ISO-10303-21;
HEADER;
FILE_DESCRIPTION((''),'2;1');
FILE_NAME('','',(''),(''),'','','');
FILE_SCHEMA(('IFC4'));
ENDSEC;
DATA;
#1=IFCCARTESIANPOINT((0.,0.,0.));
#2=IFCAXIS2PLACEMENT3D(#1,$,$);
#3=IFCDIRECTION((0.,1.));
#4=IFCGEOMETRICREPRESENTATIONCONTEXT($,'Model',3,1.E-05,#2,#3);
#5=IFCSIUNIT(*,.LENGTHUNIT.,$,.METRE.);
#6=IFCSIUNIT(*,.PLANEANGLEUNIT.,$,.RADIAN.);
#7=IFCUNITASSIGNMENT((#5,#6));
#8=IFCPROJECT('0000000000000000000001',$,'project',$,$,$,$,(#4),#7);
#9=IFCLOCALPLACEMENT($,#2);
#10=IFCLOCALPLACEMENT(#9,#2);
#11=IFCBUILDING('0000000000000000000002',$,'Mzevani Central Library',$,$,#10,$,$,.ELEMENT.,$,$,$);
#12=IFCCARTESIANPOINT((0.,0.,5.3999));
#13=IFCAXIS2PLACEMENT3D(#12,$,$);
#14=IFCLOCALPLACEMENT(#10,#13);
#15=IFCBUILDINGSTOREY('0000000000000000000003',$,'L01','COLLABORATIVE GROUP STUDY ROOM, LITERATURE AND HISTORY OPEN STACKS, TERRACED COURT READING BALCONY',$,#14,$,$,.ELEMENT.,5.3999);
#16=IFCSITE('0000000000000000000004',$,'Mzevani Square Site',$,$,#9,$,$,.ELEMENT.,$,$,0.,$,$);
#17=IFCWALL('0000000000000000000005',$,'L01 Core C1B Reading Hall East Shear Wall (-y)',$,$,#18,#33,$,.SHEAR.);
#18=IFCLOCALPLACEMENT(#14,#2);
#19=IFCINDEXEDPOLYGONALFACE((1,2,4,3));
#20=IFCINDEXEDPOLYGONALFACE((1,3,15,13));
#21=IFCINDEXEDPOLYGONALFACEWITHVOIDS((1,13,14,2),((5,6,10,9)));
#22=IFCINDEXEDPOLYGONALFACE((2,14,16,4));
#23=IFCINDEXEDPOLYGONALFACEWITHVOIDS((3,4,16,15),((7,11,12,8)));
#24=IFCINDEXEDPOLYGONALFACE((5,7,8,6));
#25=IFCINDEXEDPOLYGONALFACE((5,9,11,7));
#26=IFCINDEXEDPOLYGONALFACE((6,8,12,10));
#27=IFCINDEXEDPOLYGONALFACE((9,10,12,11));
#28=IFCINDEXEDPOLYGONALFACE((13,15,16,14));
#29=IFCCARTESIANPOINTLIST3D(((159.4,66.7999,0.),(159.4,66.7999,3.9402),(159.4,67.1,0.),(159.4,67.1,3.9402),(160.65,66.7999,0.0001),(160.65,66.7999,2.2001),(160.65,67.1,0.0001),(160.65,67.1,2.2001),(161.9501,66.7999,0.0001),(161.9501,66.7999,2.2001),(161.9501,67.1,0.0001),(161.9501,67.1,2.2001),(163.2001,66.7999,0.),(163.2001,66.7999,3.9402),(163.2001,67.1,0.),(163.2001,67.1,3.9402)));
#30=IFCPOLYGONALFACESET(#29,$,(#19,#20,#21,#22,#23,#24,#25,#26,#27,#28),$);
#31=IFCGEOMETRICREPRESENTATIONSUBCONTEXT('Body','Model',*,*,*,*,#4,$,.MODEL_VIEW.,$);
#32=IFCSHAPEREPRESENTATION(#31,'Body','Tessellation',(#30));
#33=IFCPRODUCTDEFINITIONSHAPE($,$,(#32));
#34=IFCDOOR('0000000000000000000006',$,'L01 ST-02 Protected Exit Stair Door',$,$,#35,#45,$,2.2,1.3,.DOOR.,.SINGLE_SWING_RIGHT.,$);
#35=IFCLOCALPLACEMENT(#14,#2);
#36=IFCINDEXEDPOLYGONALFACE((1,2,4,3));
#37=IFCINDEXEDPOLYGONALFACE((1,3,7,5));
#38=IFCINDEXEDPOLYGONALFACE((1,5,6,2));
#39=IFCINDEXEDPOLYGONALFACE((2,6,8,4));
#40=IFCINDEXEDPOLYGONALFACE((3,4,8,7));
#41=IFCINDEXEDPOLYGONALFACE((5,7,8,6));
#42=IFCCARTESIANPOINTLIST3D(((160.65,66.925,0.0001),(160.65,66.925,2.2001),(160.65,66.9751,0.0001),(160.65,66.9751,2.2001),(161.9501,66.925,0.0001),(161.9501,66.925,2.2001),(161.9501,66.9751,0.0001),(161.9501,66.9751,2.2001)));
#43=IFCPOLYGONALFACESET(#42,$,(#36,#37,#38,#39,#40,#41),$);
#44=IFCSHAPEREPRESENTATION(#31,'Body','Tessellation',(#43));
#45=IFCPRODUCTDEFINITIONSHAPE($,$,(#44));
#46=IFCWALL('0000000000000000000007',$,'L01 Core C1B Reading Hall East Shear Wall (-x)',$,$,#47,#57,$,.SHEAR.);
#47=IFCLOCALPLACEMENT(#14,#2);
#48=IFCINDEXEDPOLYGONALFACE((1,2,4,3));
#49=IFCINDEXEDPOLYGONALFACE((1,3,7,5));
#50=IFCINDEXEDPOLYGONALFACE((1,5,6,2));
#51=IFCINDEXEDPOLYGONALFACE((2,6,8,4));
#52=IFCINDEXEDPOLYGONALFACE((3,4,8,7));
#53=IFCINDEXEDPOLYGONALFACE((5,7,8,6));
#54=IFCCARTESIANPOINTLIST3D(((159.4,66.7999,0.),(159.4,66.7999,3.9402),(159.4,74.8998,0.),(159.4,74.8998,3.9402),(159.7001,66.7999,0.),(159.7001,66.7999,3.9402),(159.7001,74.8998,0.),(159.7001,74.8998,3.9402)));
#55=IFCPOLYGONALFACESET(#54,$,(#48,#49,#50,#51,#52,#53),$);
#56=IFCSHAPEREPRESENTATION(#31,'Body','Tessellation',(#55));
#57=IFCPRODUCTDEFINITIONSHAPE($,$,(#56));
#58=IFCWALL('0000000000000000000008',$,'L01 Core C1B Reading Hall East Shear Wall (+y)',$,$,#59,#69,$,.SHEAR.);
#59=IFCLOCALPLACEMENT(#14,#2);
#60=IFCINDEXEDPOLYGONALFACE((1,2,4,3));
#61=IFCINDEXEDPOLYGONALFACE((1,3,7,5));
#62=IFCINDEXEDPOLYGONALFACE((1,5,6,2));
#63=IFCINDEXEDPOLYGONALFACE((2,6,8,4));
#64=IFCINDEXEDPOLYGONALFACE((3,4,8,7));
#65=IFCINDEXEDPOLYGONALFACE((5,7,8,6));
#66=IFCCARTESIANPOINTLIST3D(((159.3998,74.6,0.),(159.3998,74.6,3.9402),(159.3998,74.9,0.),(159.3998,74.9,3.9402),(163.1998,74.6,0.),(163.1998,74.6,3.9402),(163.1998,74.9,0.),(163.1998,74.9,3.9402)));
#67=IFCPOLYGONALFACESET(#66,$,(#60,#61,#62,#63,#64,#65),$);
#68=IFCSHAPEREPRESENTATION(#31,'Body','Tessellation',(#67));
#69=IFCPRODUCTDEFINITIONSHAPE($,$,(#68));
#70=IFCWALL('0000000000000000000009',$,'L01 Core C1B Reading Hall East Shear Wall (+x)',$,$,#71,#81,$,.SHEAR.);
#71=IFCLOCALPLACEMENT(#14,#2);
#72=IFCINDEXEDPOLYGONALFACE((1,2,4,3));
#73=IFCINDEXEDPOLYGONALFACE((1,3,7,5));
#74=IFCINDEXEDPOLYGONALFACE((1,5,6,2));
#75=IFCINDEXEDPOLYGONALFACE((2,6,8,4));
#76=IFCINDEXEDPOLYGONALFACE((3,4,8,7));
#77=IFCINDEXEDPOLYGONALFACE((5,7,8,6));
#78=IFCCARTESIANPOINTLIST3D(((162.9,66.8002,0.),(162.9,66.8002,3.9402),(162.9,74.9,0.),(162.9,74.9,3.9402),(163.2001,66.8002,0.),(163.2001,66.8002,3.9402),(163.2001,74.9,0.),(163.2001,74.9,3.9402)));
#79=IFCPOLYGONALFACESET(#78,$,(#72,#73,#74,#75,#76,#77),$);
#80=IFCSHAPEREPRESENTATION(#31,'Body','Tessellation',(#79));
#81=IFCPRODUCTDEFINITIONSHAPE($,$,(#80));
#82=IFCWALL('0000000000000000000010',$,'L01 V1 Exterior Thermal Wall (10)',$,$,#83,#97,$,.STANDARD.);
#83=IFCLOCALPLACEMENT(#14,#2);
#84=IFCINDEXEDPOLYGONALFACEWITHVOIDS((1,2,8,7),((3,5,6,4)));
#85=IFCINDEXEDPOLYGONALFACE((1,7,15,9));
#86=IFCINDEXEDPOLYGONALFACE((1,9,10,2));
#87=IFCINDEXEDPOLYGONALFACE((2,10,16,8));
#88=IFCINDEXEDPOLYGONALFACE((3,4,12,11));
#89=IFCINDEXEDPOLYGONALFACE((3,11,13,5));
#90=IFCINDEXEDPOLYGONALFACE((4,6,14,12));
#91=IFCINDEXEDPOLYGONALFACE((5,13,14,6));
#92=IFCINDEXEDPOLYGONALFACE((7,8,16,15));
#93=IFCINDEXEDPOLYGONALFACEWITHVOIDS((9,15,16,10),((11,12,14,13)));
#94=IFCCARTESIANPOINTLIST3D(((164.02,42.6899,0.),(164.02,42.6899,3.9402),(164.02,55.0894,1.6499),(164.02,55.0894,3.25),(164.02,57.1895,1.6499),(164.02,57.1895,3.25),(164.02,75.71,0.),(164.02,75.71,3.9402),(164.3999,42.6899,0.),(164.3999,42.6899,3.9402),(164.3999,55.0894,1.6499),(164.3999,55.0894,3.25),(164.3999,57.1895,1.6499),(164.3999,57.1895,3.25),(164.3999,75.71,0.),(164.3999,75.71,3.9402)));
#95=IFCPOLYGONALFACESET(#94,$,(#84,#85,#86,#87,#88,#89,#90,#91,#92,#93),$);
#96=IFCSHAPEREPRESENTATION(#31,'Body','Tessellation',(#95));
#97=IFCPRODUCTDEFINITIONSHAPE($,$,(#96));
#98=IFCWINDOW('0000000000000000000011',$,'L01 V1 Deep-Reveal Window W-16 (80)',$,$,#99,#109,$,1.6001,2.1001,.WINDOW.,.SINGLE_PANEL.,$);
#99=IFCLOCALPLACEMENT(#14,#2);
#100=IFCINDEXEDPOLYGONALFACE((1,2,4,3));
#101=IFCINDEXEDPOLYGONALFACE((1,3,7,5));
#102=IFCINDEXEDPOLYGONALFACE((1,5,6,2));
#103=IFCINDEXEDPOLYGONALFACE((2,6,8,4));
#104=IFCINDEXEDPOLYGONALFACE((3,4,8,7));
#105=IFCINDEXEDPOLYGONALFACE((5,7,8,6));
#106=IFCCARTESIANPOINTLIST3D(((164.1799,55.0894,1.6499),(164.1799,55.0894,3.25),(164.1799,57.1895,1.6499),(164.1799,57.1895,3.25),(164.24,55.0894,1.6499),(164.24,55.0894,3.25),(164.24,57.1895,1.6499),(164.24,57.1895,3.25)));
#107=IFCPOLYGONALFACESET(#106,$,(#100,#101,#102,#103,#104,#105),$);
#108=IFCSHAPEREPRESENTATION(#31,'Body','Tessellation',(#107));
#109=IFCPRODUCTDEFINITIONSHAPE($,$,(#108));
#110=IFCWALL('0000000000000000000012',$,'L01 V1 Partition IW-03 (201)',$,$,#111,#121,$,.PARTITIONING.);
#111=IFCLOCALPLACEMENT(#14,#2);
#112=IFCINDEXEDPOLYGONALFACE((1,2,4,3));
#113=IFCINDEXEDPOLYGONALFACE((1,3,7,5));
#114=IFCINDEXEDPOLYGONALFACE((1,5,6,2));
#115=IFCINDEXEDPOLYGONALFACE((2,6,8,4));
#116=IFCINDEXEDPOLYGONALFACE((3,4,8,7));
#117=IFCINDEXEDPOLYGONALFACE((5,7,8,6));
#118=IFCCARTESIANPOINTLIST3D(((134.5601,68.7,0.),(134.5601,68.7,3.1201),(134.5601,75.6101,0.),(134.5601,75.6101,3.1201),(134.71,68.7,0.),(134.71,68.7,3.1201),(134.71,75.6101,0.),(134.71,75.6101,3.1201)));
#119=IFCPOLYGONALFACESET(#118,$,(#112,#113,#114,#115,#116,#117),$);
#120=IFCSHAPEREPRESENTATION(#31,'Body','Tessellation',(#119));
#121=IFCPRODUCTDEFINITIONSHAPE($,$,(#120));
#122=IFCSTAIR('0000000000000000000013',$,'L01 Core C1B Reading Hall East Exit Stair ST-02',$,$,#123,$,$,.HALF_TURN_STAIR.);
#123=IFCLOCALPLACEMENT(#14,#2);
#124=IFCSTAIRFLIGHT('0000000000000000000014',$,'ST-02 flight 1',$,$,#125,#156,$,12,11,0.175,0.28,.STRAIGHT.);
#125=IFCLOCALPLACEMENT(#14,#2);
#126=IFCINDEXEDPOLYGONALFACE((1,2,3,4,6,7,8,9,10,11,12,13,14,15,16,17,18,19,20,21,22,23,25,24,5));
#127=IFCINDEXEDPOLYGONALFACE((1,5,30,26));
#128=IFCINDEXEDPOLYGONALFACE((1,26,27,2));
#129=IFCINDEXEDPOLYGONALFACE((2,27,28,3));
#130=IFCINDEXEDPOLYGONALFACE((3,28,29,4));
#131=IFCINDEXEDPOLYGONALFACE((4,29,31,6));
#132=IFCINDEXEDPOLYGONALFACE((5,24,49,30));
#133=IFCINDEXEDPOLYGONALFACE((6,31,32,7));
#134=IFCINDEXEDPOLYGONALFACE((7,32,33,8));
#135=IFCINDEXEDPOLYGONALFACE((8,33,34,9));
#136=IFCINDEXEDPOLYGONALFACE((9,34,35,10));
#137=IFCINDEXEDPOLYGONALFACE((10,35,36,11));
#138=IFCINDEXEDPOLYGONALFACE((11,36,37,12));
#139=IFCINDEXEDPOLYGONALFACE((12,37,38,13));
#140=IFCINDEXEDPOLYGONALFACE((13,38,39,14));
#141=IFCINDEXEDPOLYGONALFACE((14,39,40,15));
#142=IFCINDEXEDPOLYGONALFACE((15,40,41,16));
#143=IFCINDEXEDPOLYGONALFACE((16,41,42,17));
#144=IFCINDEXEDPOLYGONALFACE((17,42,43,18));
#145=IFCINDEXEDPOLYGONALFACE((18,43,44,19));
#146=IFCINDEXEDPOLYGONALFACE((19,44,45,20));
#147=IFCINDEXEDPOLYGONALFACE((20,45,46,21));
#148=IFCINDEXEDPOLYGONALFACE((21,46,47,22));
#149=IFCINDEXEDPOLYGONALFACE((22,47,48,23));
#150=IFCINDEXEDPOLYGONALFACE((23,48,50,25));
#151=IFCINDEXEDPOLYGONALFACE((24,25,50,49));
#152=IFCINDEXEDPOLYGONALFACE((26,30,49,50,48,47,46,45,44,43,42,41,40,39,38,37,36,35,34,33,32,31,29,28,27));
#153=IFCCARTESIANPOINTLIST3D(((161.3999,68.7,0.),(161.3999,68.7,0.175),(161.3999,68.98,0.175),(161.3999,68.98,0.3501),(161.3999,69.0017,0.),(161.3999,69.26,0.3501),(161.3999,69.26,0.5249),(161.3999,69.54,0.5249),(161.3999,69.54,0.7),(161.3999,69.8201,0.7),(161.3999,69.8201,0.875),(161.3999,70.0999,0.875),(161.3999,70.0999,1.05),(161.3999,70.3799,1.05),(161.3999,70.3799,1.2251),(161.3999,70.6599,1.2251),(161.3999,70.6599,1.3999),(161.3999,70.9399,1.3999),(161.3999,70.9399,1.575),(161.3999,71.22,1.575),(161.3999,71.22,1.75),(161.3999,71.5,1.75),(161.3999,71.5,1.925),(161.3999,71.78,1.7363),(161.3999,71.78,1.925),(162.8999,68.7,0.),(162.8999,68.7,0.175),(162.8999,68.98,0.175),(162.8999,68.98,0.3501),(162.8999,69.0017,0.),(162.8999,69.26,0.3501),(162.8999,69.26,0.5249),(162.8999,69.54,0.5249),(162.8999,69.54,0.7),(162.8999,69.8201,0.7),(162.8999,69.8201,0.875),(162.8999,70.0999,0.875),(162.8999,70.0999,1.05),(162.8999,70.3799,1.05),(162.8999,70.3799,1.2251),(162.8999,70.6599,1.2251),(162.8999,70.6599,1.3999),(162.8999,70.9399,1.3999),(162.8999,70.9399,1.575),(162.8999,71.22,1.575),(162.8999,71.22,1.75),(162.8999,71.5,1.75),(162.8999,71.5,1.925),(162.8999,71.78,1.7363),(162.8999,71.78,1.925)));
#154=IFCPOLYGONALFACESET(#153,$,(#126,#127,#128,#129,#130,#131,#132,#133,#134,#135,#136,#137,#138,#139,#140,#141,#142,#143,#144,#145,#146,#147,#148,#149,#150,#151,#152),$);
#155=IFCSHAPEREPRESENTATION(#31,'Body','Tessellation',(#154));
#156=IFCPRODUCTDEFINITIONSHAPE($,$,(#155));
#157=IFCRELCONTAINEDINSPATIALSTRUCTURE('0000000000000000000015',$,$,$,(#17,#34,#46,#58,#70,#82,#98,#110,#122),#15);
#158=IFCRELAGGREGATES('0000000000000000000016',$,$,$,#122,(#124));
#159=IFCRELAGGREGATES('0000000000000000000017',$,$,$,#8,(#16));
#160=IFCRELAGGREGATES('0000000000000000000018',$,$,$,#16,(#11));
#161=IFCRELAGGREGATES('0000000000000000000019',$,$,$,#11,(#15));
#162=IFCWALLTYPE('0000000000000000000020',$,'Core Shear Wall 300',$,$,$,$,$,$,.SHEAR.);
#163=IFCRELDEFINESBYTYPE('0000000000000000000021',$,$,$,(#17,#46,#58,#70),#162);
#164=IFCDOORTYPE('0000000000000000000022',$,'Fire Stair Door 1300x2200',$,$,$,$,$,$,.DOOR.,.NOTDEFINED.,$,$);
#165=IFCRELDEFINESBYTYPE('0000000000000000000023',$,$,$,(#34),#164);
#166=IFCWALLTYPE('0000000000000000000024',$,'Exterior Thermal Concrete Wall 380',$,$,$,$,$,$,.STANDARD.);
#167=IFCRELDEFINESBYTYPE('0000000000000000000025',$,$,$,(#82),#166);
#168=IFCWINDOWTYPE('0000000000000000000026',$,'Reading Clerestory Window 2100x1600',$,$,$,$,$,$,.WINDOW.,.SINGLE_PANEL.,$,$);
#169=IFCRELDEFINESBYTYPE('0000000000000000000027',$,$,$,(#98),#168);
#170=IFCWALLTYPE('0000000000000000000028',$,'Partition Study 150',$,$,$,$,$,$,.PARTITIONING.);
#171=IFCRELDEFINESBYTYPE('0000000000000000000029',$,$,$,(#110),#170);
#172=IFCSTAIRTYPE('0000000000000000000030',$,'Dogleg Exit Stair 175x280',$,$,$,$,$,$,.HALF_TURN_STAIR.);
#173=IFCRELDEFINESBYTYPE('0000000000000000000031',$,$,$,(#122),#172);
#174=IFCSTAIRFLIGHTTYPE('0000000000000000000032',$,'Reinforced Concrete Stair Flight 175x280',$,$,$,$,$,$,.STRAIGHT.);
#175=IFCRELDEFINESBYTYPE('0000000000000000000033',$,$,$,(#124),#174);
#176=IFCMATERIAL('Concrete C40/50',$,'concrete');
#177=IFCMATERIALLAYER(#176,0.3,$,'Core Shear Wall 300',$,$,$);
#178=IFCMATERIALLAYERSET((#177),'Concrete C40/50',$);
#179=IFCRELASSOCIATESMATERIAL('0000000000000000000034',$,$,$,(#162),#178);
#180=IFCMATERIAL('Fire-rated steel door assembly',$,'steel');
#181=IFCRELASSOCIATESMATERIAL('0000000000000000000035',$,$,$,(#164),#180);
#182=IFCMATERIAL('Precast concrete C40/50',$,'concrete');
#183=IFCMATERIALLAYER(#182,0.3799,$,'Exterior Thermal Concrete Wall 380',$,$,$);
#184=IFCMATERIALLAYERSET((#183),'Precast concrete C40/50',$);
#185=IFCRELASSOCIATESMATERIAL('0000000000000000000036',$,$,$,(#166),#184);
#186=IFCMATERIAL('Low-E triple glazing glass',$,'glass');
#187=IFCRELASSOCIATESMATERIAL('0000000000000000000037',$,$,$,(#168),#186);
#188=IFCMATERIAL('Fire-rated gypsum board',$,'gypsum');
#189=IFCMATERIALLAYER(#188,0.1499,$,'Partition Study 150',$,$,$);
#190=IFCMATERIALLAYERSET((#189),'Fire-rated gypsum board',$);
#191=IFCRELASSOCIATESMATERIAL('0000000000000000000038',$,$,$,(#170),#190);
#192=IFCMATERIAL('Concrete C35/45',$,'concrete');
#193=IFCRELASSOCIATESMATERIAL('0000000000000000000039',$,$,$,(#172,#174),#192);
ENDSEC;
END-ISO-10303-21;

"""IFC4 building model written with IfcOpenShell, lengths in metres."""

from ifc_helpers import new_model, si_unit, direction, frame, frame_2d, origin, place, context, subcontext, project, spatial, polyline, rectangle, outline, extrude, material, layer, layer_set, type_object, element, fill, aggregate, save


model = new_model("IFC4")

# Units and contexts
model_context = context("Model", 3, precision=1e-05, world=origin(), true_north=direction((0.0, 1.0)))
body_context = subcontext(model_context, "Body", "Model", "MODEL_VIEW")
ifc_project = project(units=[si_unit("LENGTHUNIT", "METRE"), si_unit("PLANEANGLEUNIT", "RADIAN")], contexts=[model_context])

# Site, building, storey
site_placement = place(None, origin())
site = spatial("IfcSite", under=ifc_project, at=site_placement, Name="Mzevani Square Site", CompositionType="ELEMENT", RefElevation=0.0)
building_placement = place(site_placement, origin())
building = spatial("IfcBuilding", under=site, at=building_placement, Name="Mzevani Central Library", CompositionType="ELEMENT")
storey_placement = place(building_placement, frame((0.0, 0.0, 5.3999)))
storey = spatial("IfcBuildingStorey", under=building, at=storey_placement, Name="L01", Description="COLLABORATIVE GROUP STUDY ROOM, LITERATURE AND HISTORY OPEN STACKS, TERRACED COURT READING BALCONY", CompositionType="ELEMENT", Elevation=5.3999)

# Shared definitions
ifc_material_1 = material(Name="Concrete C40/50", Category="concrete")

# Shared definitions
ifc_material_2 = material(Name="Concrete C35/45", Category="concrete")
ifc_material_3 = material(Name="Precast concrete C40/50", Category="concrete")

# Wall, opening, door
ifc_layer_1 = layer(ifc_material_1, 0.3, Name="Core Shear Wall 300")
ifc_layer_set_1 = layer_set([ifc_layer_1], Name="Concrete C40/50")
wall_type_1 = type_object("IfcWallType", Name="Core Shear Wall 300", PredefinedType="SHEAR", material=ifc_layer_set_1)
wall_1_placement = place(storey_placement, frame((163.2, 66.95, 0.0), z_axis=(0.0, 0.0, 1.0), x_axis=(-1.0, 0.0, 0.0)))
wall_1 = element("IfcWall", 1, at=wall_1_placement, inside=storey, type_object=wall_type_1, Name="L01 Core C1B Reading Hall East Shear Wall (-y)", PredefinedType="SHEAR", context=body_context, shape_type="SweptSolid", body=[
    extrude(rectangle(XDim=3.8, YDim=0.3, at=frame_2d((1.8999, 0.0))), origin(), (0.0, 0.0, 1.0), 3.9402),
])
opening_1_placement = place(wall_1_placement, frame((1.25, 0.0, 0.0)))
opening_1 = element("IfcOpeningElement", 2, at=opening_1_placement, cuts=wall_1, PredefinedType="OPENING", context=body_context, shape_type="SweptSolid", body=[
    extrude(rectangle(XDim=1.3, YDim=2.2, at=frame_2d((0.6499, 1.1001))), frame((0.0, 0.1602, 0.0), z_axis=(0.0, -1.0, 0.0), x_axis=(1.0, 0.0, 0.0)), (0.0, 0.0, 1.0), 0.3201),
])
ifc_material_4 = material(Name="Fire-rated steel door assembly", Category="steel")
door_type = type_object("IfcDoorType", Name="Fire Stair Door 1300x2200", OperationType="NOTDEFINED", PredefinedType="DOOR", material=ifc_material_4)
door_placement = place(opening_1_placement, origin())
door = element("IfcDoor", 3, at=door_placement, inside=storey, type_object=door_type, Name="L01 ST-02 Protected Exit Stair Door", OperationType="SINGLE_SWING_RIGHT", OverallHeight=2.2, OverallWidth=1.3, PredefinedType="DOOR", context=body_context, shape_type="SweptSolid", body=[
    extrude(rectangle(XDim=1.3, YDim=2.2, at=frame_2d((0.6499, 1.1001))), frame((0.0, 0.0249, 0.0), z_axis=(0.0, -1.0, 0.0), x_axis=(1.0, 0.0, 0.0)), (0.0, 0.0, 1.0), 0.05),
])
fill(opening_1, door)

# Walls
wall_2_placement = place(storey_placement, frame((159.55, 66.8, 0.0), z_axis=(0.0, 0.0, 1.0), x_axis=(0.0, 1.0, 0.0)))
element("IfcWall", 4, at=wall_2_placement, inside=storey, type_object=wall_type_1, Name="L01 Core C1B Reading Hall East Shear Wall (-x)", PredefinedType="SHEAR", context=body_context, shape_type="SweptSolid", body=[
    extrude(rectangle(XDim=8.0999, YDim=0.3, at=frame_2d((4.0498, 0.0))), origin(), (0.0, 0.0, 1.0), 3.9402),
])
wall_3_placement = place(storey_placement, frame((159.3999, 74.75, 0.0), z_axis=(0.0, 0.0, 1.0), x_axis=(1.0, 0.0, 0.0)))
element("IfcWall", 5, at=wall_3_placement, inside=storey, type_object=wall_type_1, Name="L01 Core C1B Reading Hall East Shear Wall (+y)", PredefinedType="SHEAR", context=body_context, shape_type="SweptSolid", body=[
    extrude(rectangle(XDim=3.8, YDim=0.3, at=frame_2d((1.8999, 0.0))), origin(), (0.0, 0.0, 1.0), 3.9402),
])
wall_4_placement = place(storey_placement, frame((163.05, 74.8999, 0.0), z_axis=(0.0, 0.0, 1.0), x_axis=(0.0, -1.0, 0.0)))
element("IfcWall", 6, at=wall_4_placement, inside=storey, type_object=wall_type_1, Name="L01 Core C1B Reading Hall East Shear Wall (+x)", PredefinedType="SHEAR", context=body_context, shape_type="SweptSolid", body=[
    extrude(rectangle(XDim=8.0999, YDim=0.3, at=frame_2d((4.0498, 0.0))), origin(), (0.0, 0.0, 1.0), 3.9402),
])

# Wall, opening, window
ifc_layer_2 = layer(ifc_material_3, 0.3799, Name="Exterior Thermal Concrete Wall 380")
ifc_layer_set_2 = layer_set([ifc_layer_2], Name="Precast concrete C40/50")
wall_type_2 = type_object("IfcWallType", Name="Exterior Thermal Concrete Wall 380", PredefinedType="STANDARD", material=ifc_layer_set_2)
wall_5_placement = place(storey_placement, frame((164.21, 75.71, 0.0), z_axis=(0.0, 0.0, 1.0), x_axis=(0.0, -1.0, 0.0)))
wall_5 = element("IfcWall", 7, at=wall_5_placement, inside=storey, type_object=wall_type_2, Name="L01 V1 Exterior Thermal Wall (10)", PredefinedType="STANDARD", context=body_context, shape_type="SweptSolid", body=[
    extrude(rectangle(XDim=33.02, YDim=0.3799, at=frame_2d((16.51, 0.0))), origin(), (0.0, 0.0, 1.0), 3.9402),
])
opening_2_placement = place(wall_5_placement, frame((18.5205, 0.0, 1.6499)))
opening_2 = element("IfcOpeningElement", 8, at=opening_2_placement, cuts=wall_5, PredefinedType="OPENING", context=body_context, shape_type="SweptSolid", body=[
    extrude(rectangle(XDim=2.1001, YDim=1.6001, at=frame_2d((1.05, 0.8))), frame((0.0, 0.2, 0.0), z_axis=(0.0, -1.0, 0.0), x_axis=(1.0, 0.0, 0.0)), (0.0, 0.0, 1.0), 0.3999),
])
ifc_material_5 = material(Name="Low-E triple glazing glass", Category="glass")
window_type = type_object("IfcWindowType", Name="Reading Clerestory Window 2100x1600", PartitioningType="SINGLE_PANEL", PredefinedType="WINDOW", material=ifc_material_5)
window_placement = place(opening_2_placement, origin())
window = element("IfcWindow", 9, at=window_placement, inside=storey, type_object=window_type, Name="L01 V1 Deep-Reveal Window W-16 (80)", OverallHeight=1.6001, OverallWidth=2.1001, PartitioningType="SINGLE_PANEL", PredefinedType="WINDOW", context=body_context, shape_type="SweptSolid", body=[
    extrude(rectangle(XDim=2.1001, YDim=1.6001, at=frame_2d((1.05, 0.8))), frame((0.0, 0.03, 0.0), z_axis=(0.0, -1.0, 0.0), x_axis=(1.0, 0.0, 0.0)), (0.0, 0.0, 1.0), 0.0601),
])
fill(opening_2, window)

# Wall
ifc_material_6 = material(Name="Fire-rated gypsum board", Category="gypsum")
ifc_layer_3 = layer(ifc_material_6, 0.1499, Name="Partition Study 150")
ifc_layer_set_3 = layer_set([ifc_layer_3], Name="Fire-rated gypsum board")
wall_type_3 = type_object("IfcWallType", Name="Partition Study 150", PredefinedType="PARTITIONING", material=ifc_layer_set_3)
wall_6_placement = place(storey_placement, frame((134.635, 75.6101, 0.0), z_axis=(0.0, 0.0, 1.0), x_axis=(0.0, -1.0, 0.0)))
element("IfcWall", 10, at=wall_6_placement, inside=storey, type_object=wall_type_3, Name="L01 V1 Partition IW-03 (201)", PredefinedType="PARTITIONING", context=body_context, shape_type="SweptSolid", body=[
    extrude(rectangle(XDim=6.9102, YDim=0.1499, at=frame_2d((3.4551, 0.0))), origin(), (0.0, 0.0, 1.0), 3.1201),
])

# Stair, stair flight
stair_type = type_object("IfcStairType", Name="Dogleg Exit Stair 175x280", PredefinedType="HALF_TURN_STAIR", material=ifc_material_2)
stair_placement = place(storey_placement, origin())
stair = element("IfcStair", 11, at=stair_placement, inside=storey, type_object=stair_type, Name="L01 Core C1B Reading Hall East Exit Stair ST-02", PredefinedType="HALF_TURN_STAIR")
stair_flight_type = type_object("IfcStairFlightType", Name="Reinforced Concrete Stair Flight 175x280", PredefinedType="STRAIGHT", material=ifc_material_2)
stair_flight_1_placement = place(storey_placement, frame((162.1499, 68.7, 0.0), z_axis=(0.0, 0.0, 1.0), x_axis=(0.0, 1.0, 0.0)))
stair_flight_1 = element("IfcStairFlight", 12, at=stair_flight_1_placement, type_object=stair_flight_type, Name="ST-02 flight 1", NumberOfRisers=12, NumberOfTreads=11, PredefinedType="STRAIGHT", RiserHeight=0.175, TreadLength=0.28, context=body_context, shape_type="SweptSolid", body=[
    extrude(outline(polyline([(0.0, 0.0), (0.0, 0.175), (0.28, 0.175), (0.28, 0.3501), (0.5601, 0.3501), (0.5601, 0.5249), (0.8401, 0.5249), (0.8401, 0.7), (1.1201, 0.7), (1.1201, 0.875), (1.3999, 0.875), (1.3999, 1.05), (1.6799, 1.05), (1.6799, 1.2251), (1.96, 1.2251), (1.96, 1.3999), (2.24, 1.3999), (2.24, 1.575), (2.52, 1.575), (2.52, 1.75), (2.8, 1.75), (2.8, 1.925), (3.0801, 1.925), (3.0801, 2.1001), (3.0801, 1.7363), (0.3018, 0.0), (0.0, 0.0)])), frame((0.0, 0.75, 0.0), z_axis=(0.0, -1.0, 0.0), x_axis=(1.0, 0.0, 0.0)), (0.0, 0.0, 1.0), 1.5),
])
aggregate(stair, [stair_flight_1])

save(model, "model.ifc")
